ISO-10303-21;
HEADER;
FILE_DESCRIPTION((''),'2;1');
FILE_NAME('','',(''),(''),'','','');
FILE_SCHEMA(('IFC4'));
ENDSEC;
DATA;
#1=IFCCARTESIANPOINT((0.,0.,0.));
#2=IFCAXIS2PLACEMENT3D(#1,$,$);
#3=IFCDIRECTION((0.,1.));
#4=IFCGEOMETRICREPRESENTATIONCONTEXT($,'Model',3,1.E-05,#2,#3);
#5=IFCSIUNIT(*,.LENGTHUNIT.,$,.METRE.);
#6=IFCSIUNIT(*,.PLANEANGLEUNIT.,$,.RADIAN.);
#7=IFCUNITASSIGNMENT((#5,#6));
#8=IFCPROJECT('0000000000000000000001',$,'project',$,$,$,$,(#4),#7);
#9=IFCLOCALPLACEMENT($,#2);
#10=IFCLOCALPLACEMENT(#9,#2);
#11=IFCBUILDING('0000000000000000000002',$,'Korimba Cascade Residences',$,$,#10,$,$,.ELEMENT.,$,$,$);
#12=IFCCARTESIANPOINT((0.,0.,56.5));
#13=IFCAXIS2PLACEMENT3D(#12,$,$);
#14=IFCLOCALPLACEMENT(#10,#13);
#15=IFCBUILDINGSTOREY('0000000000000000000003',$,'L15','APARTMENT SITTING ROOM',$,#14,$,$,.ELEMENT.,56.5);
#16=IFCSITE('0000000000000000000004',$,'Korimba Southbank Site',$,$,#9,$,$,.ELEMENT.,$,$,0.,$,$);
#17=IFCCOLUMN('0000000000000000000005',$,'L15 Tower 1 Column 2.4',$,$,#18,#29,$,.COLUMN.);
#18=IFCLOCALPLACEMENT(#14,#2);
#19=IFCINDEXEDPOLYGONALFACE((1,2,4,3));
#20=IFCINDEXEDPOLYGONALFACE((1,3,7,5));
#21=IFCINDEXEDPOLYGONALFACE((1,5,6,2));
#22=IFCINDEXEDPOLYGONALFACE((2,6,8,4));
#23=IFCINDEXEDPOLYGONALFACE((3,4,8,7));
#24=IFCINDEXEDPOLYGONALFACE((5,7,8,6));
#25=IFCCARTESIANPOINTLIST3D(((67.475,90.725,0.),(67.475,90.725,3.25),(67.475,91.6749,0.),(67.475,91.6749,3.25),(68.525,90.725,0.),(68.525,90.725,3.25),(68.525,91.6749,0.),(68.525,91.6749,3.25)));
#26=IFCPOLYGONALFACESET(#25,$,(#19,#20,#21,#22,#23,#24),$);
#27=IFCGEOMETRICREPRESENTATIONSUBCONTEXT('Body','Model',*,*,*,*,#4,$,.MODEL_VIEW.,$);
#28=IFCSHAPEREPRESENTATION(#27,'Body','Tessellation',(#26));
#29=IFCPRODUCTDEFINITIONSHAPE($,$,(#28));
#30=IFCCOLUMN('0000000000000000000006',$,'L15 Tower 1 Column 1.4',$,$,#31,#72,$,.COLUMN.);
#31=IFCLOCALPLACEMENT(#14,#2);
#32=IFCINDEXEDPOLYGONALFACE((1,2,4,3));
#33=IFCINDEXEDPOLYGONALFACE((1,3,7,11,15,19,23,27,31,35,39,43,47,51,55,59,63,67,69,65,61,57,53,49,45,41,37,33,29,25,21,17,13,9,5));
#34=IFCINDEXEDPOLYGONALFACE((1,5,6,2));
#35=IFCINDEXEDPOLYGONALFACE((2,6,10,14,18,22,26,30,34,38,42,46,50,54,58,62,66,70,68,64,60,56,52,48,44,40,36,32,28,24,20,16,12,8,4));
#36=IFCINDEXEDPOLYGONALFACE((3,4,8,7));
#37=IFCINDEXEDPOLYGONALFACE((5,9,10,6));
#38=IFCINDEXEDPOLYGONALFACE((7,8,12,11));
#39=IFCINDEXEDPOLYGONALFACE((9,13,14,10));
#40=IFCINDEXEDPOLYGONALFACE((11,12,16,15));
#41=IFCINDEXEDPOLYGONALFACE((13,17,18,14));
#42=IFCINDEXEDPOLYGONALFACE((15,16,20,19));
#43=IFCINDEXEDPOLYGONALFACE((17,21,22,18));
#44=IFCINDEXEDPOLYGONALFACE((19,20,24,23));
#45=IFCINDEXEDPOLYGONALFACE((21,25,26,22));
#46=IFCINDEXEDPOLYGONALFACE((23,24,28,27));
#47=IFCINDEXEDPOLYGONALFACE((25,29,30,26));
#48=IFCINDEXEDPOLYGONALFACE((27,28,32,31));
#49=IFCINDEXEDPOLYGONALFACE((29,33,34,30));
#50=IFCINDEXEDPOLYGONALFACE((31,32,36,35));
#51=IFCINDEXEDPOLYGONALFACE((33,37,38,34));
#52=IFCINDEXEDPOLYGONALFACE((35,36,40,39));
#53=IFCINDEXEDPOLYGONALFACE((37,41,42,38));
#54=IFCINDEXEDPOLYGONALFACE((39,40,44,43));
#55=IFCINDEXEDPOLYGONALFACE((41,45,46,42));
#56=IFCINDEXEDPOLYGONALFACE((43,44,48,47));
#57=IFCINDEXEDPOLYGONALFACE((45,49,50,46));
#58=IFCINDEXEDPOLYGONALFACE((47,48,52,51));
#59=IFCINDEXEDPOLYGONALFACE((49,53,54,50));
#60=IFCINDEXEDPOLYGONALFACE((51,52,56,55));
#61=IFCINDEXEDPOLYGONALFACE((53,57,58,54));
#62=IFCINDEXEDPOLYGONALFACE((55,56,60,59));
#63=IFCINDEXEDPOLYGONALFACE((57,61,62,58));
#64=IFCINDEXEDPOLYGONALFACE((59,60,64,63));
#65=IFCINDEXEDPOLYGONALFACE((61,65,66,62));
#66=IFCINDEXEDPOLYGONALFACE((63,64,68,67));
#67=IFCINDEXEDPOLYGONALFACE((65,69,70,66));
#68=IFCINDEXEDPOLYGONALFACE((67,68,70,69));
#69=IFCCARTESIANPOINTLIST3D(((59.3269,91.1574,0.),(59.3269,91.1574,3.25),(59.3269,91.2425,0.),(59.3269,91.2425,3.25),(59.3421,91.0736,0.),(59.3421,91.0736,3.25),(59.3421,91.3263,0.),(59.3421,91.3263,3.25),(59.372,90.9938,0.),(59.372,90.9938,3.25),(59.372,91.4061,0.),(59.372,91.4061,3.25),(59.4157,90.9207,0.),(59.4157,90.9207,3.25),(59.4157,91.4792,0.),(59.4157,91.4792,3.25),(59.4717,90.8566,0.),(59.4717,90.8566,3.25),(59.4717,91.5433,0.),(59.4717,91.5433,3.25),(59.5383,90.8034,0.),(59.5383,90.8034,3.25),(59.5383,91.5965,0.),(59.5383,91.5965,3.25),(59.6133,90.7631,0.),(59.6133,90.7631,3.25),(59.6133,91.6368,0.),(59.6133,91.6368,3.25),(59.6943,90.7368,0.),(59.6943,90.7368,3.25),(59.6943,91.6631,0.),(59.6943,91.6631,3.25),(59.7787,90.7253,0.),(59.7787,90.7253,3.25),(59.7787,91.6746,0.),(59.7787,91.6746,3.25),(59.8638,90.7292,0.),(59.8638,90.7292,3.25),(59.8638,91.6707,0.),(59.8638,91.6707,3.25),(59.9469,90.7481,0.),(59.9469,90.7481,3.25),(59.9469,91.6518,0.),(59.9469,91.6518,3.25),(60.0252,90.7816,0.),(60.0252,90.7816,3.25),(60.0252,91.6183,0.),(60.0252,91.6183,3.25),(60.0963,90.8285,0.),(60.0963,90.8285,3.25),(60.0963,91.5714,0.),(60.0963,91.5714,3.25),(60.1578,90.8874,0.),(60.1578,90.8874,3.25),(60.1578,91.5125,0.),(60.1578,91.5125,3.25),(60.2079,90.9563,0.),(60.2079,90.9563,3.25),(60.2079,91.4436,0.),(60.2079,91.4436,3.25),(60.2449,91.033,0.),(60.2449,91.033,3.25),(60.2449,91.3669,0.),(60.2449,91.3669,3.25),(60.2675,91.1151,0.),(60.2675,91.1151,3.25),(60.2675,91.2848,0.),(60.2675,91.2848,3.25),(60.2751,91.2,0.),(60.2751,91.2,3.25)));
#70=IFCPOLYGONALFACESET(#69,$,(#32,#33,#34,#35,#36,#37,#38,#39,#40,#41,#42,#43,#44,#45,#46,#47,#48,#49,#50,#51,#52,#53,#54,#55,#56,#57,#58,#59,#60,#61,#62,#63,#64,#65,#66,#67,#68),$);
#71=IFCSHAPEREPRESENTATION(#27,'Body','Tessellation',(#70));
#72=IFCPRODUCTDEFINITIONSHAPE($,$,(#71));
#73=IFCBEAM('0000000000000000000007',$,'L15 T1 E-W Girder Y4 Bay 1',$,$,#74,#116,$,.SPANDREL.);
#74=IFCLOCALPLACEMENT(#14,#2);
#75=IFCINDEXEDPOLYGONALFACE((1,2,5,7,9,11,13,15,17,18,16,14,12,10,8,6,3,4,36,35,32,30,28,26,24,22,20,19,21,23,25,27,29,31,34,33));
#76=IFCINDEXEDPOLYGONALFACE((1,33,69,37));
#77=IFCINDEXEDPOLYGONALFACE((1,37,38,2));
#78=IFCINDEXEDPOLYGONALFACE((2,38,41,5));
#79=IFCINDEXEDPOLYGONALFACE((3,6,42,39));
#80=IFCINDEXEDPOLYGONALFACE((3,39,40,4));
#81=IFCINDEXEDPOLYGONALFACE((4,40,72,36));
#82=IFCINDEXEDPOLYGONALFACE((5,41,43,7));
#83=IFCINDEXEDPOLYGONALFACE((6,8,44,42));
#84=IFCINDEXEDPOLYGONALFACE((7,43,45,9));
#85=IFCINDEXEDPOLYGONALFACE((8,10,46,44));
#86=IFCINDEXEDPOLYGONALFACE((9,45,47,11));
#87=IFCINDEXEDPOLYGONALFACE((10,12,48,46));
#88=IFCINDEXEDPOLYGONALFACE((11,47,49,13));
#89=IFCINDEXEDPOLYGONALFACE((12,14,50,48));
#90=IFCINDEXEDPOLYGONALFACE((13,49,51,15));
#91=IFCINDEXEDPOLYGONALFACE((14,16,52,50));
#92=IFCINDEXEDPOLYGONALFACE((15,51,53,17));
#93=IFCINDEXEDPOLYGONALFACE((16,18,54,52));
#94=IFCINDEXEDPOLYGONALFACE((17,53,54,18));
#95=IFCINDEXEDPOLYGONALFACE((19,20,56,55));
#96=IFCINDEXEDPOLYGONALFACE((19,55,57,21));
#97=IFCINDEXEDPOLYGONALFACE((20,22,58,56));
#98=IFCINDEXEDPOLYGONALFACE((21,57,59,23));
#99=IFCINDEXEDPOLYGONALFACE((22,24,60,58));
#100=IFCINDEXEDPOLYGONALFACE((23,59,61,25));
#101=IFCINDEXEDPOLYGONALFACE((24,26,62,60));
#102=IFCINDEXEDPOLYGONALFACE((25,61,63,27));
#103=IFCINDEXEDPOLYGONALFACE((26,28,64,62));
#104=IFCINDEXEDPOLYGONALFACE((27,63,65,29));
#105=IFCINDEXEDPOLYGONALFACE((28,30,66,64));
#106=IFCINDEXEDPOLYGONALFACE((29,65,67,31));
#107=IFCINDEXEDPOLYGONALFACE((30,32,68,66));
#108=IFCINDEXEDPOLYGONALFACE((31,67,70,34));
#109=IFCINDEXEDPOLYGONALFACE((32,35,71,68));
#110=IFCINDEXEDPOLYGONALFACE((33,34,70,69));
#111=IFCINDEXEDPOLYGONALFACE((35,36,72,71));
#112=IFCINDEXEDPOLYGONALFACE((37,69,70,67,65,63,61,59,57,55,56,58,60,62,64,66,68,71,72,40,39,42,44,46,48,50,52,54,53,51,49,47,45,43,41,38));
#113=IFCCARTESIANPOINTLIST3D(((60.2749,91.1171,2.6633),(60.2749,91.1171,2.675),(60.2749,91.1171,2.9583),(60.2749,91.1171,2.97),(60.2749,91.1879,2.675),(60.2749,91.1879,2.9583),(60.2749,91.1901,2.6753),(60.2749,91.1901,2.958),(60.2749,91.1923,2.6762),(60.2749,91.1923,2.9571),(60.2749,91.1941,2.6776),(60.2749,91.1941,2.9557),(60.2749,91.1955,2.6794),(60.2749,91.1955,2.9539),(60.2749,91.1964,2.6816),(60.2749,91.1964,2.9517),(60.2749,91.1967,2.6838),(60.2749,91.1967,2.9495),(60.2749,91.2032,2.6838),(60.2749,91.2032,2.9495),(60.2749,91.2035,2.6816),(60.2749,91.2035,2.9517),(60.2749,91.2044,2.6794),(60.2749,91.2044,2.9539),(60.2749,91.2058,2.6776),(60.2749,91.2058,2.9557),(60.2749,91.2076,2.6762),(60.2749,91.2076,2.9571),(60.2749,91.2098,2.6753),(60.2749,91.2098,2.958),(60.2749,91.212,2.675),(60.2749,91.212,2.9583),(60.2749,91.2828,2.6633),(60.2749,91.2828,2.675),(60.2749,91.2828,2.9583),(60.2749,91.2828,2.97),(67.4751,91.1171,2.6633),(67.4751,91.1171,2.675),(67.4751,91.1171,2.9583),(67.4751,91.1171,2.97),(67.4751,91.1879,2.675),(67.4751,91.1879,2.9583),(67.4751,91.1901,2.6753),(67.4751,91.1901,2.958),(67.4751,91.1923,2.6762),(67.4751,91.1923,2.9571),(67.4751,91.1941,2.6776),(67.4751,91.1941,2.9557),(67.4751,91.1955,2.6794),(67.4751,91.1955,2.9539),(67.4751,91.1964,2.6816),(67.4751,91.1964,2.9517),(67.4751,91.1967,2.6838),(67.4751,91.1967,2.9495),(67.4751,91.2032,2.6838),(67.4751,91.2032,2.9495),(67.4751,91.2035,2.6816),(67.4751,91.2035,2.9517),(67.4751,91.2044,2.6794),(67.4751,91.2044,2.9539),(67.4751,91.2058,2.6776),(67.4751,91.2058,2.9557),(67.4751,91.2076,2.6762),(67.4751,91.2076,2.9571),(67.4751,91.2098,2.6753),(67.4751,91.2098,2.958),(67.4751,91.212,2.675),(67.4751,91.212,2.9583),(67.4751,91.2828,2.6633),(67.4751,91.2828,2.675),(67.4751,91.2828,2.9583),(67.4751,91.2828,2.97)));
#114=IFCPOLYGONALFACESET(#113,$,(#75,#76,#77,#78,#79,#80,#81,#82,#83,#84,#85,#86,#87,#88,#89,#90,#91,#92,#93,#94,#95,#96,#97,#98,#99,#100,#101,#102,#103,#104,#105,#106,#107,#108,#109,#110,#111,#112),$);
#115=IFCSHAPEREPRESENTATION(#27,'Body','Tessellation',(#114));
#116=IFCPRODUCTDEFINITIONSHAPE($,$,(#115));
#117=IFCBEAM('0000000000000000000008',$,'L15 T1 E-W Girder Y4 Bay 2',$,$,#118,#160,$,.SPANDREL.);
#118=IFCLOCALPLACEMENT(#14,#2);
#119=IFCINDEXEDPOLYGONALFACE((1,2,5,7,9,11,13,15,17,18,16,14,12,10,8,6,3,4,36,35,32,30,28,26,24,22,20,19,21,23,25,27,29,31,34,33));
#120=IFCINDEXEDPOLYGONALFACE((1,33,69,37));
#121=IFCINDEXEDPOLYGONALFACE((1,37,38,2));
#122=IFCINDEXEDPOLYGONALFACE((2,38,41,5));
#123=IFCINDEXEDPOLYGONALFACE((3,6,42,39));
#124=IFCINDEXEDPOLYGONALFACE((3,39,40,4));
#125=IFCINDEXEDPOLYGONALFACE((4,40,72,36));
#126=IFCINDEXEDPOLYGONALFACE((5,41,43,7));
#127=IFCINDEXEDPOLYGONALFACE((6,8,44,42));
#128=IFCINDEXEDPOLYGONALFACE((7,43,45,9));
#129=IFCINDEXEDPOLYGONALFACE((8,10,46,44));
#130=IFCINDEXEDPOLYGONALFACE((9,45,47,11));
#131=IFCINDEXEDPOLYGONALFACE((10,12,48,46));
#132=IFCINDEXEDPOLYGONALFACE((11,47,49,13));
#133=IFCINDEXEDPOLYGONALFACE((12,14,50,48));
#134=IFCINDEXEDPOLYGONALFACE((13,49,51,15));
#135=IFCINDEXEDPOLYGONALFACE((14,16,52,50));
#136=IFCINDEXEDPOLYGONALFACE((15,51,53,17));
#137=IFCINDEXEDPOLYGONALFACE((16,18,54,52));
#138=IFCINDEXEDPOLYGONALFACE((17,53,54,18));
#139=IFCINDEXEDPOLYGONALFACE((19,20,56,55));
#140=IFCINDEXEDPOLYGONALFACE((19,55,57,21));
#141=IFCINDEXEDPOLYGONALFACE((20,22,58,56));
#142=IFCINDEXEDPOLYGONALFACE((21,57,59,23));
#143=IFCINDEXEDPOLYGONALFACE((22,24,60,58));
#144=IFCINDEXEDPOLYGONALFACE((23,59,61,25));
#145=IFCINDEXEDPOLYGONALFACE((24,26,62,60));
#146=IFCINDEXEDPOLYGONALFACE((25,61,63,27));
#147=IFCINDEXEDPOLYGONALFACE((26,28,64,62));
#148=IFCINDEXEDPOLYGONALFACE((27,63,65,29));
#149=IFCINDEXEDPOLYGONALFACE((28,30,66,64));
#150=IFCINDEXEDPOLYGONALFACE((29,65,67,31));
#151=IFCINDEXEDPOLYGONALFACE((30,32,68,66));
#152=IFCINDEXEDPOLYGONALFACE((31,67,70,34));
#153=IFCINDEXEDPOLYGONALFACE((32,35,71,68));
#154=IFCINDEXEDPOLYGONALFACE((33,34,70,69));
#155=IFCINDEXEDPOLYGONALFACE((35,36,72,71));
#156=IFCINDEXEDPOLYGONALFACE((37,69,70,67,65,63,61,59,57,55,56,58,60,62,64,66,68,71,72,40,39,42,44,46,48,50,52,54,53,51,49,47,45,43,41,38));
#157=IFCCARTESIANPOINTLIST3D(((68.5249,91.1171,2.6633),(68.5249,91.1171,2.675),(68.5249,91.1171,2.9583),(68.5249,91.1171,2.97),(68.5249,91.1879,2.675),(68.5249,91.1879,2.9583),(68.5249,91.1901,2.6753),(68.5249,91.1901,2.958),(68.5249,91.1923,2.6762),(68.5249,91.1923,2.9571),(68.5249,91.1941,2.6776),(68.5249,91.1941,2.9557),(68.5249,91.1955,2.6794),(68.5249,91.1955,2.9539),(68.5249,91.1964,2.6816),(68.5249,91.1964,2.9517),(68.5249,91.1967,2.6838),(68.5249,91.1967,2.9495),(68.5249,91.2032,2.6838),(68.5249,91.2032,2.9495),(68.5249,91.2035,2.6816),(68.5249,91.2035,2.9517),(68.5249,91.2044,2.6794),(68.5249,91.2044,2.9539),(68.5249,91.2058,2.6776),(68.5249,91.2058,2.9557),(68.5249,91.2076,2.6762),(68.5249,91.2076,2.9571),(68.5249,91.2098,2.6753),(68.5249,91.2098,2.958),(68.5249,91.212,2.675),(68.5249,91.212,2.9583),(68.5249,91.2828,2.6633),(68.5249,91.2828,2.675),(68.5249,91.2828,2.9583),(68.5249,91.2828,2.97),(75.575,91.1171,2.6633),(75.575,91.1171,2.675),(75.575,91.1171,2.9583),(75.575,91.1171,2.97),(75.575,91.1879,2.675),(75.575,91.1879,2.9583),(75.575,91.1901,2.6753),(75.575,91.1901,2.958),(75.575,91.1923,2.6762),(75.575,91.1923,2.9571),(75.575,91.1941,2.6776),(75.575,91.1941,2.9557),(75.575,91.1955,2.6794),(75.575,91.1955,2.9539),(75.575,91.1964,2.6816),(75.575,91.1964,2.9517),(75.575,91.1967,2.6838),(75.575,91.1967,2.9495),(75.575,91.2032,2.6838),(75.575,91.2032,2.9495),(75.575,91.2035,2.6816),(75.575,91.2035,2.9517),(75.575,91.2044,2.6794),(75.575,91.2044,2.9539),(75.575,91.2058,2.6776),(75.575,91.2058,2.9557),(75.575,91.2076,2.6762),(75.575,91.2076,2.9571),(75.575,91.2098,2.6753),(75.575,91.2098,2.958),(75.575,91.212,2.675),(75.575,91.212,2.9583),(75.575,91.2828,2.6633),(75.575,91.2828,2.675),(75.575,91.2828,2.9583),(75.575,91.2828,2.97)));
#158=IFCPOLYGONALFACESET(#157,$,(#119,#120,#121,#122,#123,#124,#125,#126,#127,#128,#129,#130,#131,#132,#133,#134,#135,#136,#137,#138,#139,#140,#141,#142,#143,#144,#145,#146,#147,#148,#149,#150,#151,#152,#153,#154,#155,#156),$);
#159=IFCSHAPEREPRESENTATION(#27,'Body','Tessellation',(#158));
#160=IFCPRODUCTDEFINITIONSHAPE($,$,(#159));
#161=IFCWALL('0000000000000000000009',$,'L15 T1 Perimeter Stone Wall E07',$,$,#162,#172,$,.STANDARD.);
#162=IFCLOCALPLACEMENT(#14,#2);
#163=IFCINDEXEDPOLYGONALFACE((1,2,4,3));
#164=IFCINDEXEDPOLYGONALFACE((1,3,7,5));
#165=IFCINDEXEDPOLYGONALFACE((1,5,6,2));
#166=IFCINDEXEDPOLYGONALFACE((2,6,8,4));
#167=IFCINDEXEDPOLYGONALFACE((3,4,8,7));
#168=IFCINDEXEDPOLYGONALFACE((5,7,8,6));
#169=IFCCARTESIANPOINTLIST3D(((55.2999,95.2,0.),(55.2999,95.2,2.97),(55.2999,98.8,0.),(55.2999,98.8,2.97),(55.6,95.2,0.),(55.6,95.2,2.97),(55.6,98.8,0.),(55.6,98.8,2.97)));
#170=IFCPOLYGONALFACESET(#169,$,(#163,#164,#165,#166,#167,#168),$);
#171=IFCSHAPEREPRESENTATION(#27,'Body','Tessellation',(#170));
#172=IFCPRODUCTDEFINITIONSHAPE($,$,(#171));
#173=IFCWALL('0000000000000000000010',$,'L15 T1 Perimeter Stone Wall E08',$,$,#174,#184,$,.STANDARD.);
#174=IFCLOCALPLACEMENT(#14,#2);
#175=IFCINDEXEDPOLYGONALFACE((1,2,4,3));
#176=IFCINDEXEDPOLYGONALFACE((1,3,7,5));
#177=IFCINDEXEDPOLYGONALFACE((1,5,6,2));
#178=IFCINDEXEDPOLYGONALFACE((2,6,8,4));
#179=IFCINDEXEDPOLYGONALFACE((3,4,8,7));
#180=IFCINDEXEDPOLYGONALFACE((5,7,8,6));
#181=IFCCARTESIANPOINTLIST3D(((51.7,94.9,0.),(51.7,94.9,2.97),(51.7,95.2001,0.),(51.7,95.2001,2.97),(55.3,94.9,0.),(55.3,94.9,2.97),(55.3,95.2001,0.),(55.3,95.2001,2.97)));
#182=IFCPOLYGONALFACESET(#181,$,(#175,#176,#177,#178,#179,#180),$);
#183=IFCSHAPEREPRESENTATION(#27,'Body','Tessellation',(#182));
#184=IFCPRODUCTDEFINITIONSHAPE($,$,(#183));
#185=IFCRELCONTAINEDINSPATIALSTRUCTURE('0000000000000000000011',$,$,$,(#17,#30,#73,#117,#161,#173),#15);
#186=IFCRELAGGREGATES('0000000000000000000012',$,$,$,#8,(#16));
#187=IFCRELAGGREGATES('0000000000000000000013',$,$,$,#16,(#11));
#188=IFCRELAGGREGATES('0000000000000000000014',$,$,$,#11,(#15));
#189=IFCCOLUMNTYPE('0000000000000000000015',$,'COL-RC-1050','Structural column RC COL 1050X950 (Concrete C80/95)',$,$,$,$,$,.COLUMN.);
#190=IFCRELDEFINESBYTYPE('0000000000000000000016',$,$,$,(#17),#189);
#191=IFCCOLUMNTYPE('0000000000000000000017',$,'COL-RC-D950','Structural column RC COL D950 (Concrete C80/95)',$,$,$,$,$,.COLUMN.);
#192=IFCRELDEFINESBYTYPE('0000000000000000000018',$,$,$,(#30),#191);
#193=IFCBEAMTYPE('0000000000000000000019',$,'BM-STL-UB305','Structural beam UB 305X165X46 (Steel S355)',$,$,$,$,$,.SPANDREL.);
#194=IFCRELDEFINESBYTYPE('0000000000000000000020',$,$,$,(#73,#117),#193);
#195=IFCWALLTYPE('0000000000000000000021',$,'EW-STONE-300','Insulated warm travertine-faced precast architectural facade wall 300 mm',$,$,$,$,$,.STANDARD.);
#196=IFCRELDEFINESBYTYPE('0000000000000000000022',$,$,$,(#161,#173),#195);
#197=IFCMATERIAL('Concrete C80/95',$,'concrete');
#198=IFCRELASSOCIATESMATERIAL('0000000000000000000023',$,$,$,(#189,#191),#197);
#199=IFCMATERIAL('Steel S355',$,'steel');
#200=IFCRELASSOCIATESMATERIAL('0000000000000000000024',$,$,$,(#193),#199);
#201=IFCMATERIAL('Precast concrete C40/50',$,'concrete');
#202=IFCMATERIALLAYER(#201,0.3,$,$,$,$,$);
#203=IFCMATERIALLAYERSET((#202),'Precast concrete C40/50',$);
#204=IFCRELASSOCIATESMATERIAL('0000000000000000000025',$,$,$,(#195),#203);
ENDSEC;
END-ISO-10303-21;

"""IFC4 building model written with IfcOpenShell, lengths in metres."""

from ifc_helpers import new_model, si_unit, direction, frame, frame_2d, origin, origin_2d, place, context, subcontext, project, spatial, rectangle, circle, i_section, extrude, material, layer, layer_set, material_profile, profile_set, type_object, element, save


model = new_model("IFC4")

# Units and contexts
model_context = context("Model", 3, precision=1e-05, world=origin(), true_north=direction((0.0, 1.0)))
body_context = subcontext(model_context, "Body", "Model", "MODEL_VIEW")
ifc_project = project(units=[si_unit("LENGTHUNIT", "METRE"), si_unit("PLANEANGLEUNIT", "RADIAN")], contexts=[model_context])

# Site, building, storey
site_placement = place(None, origin())
site = spatial("IfcSite", under=ifc_project, at=site_placement, Name="Korimba Southbank Site", CompositionType="ELEMENT", RefElevation=0.0)
building_placement = place(site_placement, origin())
building = spatial("IfcBuilding", under=site, at=building_placement, Name="Korimba Cascade Residences", CompositionType="ELEMENT")
storey_placement = place(building_placement, frame((0.0, 0.0, 56.5)))
storey = spatial("IfcBuildingStorey", under=building, at=storey_placement, Name="L15", Description="APARTMENT SITTING ROOM", CompositionType="ELEMENT", Elevation=56.5)

# Columns
ifc_material_1 = material(Name="Concrete C80/95", Category="concrete")
ifc_material_profile_1 = material_profile(ifc_material_1, rectangle(XDim=1.05, YDim=0.95, at=origin_2d()), Name="Concrete C80/95")
ifc_profile_set_1 = profile_set([ifc_material_profile_1], Name="Concrete C80/95")
column_type_1 = type_object("IfcColumnType", Name="COL-RC-1050", Description="Structural column RC COL 1050X950 (Concrete C80/95)", PredefinedType="COLUMN", material=ifc_profile_set_1)
column_1_placement = place(storey_placement, frame((68.0, 91.2, 0.0), z_axis=(0.0, 0.0, 1.0), x_axis=(1.0, 0.0, 0.0)))
element("IfcColumn", 1, at=column_1_placement, inside=storey, type_object=column_type_1, Name="L15 Tower 1 Column 2.4", PredefinedType="COLUMN", context=body_context, shape_type="SweptSolid", body=[
    extrude(rectangle(XDim=1.05, YDim=0.95, at=origin_2d()), origin(), (0.0, 0.0, 1.0), 3.25),
])
ifc_material_profile_2 = material_profile(ifc_material_1, circle(Radius=0.4751, at=origin_2d()), Name="Concrete C80/95")
ifc_profile_set_2 = profile_set([ifc_material_profile_2], Name="Concrete C80/95")
column_type_2 = type_object("IfcColumnType", Name="COL-RC-D950", Description="Structural column RC COL D950 (Concrete C80/95)", PredefinedType="COLUMN", material=ifc_profile_set_2)
column_2_placement = place(storey_placement, frame((59.8, 91.2, 0.0), z_axis=(0.0, 0.0, 1.0), x_axis=(1.0, 0.0, 0.0)))
element("IfcColumn", 2, at=column_2_placement, inside=storey, type_object=column_type_2, Name="L15 Tower 1 Column 1.4", PredefinedType="COLUMN", context=body_context, shape_type="SweptSolid", body=[
    extrude(circle(Radius=0.4751, at=origin_2d()), origin(), (0.0, 0.0, 1.0), 3.25),
])

# Beams
ifc_material_2 = material(Name="Steel S355", Category="steel")
ifc_material_profile_3 = material_profile(ifc_material_2, i_section(OverallWidth=0.1658, OverallDepth=0.3066, WebThickness=0.0066, FlangeThickness=0.0117, FilletRadius=0.0088, at=origin_2d()), Name="Steel S355")
ifc_profile_set_3 = profile_set([ifc_material_profile_3], Name="Steel S355")
beam_type = type_object("IfcBeamType", Name="BM-STL-UB305", Description="Structural beam UB 305X165X46 (Steel S355)", PredefinedType="SPANDREL", material=ifc_profile_set_3)
beam_1_placement = place(storey_placement, frame((60.2749, 91.2, 2.8167), z_axis=(1.0, 0.0, 0.0), x_axis=(0.0, 1.0, 0.0)))
element("IfcBeam", 3, at=beam_1_placement, inside=storey, type_object=beam_type, Name="L15 T1 E-W Girder Y4 Bay 1", PredefinedType="SPANDREL", context=body_context, shape_type="SweptSolid", body=[
    extrude(i_section(OverallWidth=0.1658, OverallDepth=0.3066, WebThickness=0.0066, FlangeThickness=0.0117, FilletRadius=0.0088, at=origin_2d()), origin(), (0.0, 0.0, 1.0), 7.2002),
])
beam_2_placement = place(storey_placement, frame((68.5249, 91.2, 2.8167), z_axis=(1.0, 0.0, 0.0), x_axis=(0.0, 1.0, 0.0)))
element("IfcBeam", 4, at=beam_2_placement, inside=storey, type_object=beam_type, Name="L15 T1 E-W Girder Y4 Bay 2", PredefinedType="SPANDREL", context=body_context, shape_type="SweptSolid", body=[
    extrude(i_section(OverallWidth=0.1658, OverallDepth=0.3066, WebThickness=0.0066, FlangeThickness=0.0117, FilletRadius=0.0088, at=origin_2d()), origin(), (0.0, 0.0, 1.0), 7.05),
])

# Walls
ifc_material_3 = material(Name="Precast concrete C40/50", Category="concrete")
ifc_layer_1 = layer(ifc_material_3, 0.3)
ifc_layer_set_1 = layer_set([ifc_layer_1], Name="Precast concrete C40/50")
wall_type_1 = type_object("IfcWallType", Name="EW-STONE-300", Description="Insulated warm travertine-faced precast architectural facade wall 300 mm", PredefinedType="STANDARD", material=ifc_layer_set_1)
for number, where, z_axis, x_axis, name in (
    (5, (55.45, 98.8, 0.0), (0.0, 0.0, 1.0), (0.0, -1.0, 0.0), "L15 T1 Perimeter Stone Wall E07"),
    (6, (55.3, 95.05, 0.0), (0.0, 0.0, 1.0), (-1.0, 0.0, 0.0), "L15 T1 Perimeter Stone Wall E08"),
):
    element("IfcWall", number, at=place(storey_placement, frame(where, z_axis=z_axis, x_axis=x_axis)), inside=storey, type_object=wall_type_1, Name=name, PredefinedType="STANDARD", context=body_context, shape_type="SweptSolid", body=[
        extrude(rectangle(XDim=3.6001, YDim=0.3, at=frame_2d((1.8, 0.0))), origin(), (0.0, 0.0, 1.0), 2.97),
    ])

save(model, "model.ifc")
